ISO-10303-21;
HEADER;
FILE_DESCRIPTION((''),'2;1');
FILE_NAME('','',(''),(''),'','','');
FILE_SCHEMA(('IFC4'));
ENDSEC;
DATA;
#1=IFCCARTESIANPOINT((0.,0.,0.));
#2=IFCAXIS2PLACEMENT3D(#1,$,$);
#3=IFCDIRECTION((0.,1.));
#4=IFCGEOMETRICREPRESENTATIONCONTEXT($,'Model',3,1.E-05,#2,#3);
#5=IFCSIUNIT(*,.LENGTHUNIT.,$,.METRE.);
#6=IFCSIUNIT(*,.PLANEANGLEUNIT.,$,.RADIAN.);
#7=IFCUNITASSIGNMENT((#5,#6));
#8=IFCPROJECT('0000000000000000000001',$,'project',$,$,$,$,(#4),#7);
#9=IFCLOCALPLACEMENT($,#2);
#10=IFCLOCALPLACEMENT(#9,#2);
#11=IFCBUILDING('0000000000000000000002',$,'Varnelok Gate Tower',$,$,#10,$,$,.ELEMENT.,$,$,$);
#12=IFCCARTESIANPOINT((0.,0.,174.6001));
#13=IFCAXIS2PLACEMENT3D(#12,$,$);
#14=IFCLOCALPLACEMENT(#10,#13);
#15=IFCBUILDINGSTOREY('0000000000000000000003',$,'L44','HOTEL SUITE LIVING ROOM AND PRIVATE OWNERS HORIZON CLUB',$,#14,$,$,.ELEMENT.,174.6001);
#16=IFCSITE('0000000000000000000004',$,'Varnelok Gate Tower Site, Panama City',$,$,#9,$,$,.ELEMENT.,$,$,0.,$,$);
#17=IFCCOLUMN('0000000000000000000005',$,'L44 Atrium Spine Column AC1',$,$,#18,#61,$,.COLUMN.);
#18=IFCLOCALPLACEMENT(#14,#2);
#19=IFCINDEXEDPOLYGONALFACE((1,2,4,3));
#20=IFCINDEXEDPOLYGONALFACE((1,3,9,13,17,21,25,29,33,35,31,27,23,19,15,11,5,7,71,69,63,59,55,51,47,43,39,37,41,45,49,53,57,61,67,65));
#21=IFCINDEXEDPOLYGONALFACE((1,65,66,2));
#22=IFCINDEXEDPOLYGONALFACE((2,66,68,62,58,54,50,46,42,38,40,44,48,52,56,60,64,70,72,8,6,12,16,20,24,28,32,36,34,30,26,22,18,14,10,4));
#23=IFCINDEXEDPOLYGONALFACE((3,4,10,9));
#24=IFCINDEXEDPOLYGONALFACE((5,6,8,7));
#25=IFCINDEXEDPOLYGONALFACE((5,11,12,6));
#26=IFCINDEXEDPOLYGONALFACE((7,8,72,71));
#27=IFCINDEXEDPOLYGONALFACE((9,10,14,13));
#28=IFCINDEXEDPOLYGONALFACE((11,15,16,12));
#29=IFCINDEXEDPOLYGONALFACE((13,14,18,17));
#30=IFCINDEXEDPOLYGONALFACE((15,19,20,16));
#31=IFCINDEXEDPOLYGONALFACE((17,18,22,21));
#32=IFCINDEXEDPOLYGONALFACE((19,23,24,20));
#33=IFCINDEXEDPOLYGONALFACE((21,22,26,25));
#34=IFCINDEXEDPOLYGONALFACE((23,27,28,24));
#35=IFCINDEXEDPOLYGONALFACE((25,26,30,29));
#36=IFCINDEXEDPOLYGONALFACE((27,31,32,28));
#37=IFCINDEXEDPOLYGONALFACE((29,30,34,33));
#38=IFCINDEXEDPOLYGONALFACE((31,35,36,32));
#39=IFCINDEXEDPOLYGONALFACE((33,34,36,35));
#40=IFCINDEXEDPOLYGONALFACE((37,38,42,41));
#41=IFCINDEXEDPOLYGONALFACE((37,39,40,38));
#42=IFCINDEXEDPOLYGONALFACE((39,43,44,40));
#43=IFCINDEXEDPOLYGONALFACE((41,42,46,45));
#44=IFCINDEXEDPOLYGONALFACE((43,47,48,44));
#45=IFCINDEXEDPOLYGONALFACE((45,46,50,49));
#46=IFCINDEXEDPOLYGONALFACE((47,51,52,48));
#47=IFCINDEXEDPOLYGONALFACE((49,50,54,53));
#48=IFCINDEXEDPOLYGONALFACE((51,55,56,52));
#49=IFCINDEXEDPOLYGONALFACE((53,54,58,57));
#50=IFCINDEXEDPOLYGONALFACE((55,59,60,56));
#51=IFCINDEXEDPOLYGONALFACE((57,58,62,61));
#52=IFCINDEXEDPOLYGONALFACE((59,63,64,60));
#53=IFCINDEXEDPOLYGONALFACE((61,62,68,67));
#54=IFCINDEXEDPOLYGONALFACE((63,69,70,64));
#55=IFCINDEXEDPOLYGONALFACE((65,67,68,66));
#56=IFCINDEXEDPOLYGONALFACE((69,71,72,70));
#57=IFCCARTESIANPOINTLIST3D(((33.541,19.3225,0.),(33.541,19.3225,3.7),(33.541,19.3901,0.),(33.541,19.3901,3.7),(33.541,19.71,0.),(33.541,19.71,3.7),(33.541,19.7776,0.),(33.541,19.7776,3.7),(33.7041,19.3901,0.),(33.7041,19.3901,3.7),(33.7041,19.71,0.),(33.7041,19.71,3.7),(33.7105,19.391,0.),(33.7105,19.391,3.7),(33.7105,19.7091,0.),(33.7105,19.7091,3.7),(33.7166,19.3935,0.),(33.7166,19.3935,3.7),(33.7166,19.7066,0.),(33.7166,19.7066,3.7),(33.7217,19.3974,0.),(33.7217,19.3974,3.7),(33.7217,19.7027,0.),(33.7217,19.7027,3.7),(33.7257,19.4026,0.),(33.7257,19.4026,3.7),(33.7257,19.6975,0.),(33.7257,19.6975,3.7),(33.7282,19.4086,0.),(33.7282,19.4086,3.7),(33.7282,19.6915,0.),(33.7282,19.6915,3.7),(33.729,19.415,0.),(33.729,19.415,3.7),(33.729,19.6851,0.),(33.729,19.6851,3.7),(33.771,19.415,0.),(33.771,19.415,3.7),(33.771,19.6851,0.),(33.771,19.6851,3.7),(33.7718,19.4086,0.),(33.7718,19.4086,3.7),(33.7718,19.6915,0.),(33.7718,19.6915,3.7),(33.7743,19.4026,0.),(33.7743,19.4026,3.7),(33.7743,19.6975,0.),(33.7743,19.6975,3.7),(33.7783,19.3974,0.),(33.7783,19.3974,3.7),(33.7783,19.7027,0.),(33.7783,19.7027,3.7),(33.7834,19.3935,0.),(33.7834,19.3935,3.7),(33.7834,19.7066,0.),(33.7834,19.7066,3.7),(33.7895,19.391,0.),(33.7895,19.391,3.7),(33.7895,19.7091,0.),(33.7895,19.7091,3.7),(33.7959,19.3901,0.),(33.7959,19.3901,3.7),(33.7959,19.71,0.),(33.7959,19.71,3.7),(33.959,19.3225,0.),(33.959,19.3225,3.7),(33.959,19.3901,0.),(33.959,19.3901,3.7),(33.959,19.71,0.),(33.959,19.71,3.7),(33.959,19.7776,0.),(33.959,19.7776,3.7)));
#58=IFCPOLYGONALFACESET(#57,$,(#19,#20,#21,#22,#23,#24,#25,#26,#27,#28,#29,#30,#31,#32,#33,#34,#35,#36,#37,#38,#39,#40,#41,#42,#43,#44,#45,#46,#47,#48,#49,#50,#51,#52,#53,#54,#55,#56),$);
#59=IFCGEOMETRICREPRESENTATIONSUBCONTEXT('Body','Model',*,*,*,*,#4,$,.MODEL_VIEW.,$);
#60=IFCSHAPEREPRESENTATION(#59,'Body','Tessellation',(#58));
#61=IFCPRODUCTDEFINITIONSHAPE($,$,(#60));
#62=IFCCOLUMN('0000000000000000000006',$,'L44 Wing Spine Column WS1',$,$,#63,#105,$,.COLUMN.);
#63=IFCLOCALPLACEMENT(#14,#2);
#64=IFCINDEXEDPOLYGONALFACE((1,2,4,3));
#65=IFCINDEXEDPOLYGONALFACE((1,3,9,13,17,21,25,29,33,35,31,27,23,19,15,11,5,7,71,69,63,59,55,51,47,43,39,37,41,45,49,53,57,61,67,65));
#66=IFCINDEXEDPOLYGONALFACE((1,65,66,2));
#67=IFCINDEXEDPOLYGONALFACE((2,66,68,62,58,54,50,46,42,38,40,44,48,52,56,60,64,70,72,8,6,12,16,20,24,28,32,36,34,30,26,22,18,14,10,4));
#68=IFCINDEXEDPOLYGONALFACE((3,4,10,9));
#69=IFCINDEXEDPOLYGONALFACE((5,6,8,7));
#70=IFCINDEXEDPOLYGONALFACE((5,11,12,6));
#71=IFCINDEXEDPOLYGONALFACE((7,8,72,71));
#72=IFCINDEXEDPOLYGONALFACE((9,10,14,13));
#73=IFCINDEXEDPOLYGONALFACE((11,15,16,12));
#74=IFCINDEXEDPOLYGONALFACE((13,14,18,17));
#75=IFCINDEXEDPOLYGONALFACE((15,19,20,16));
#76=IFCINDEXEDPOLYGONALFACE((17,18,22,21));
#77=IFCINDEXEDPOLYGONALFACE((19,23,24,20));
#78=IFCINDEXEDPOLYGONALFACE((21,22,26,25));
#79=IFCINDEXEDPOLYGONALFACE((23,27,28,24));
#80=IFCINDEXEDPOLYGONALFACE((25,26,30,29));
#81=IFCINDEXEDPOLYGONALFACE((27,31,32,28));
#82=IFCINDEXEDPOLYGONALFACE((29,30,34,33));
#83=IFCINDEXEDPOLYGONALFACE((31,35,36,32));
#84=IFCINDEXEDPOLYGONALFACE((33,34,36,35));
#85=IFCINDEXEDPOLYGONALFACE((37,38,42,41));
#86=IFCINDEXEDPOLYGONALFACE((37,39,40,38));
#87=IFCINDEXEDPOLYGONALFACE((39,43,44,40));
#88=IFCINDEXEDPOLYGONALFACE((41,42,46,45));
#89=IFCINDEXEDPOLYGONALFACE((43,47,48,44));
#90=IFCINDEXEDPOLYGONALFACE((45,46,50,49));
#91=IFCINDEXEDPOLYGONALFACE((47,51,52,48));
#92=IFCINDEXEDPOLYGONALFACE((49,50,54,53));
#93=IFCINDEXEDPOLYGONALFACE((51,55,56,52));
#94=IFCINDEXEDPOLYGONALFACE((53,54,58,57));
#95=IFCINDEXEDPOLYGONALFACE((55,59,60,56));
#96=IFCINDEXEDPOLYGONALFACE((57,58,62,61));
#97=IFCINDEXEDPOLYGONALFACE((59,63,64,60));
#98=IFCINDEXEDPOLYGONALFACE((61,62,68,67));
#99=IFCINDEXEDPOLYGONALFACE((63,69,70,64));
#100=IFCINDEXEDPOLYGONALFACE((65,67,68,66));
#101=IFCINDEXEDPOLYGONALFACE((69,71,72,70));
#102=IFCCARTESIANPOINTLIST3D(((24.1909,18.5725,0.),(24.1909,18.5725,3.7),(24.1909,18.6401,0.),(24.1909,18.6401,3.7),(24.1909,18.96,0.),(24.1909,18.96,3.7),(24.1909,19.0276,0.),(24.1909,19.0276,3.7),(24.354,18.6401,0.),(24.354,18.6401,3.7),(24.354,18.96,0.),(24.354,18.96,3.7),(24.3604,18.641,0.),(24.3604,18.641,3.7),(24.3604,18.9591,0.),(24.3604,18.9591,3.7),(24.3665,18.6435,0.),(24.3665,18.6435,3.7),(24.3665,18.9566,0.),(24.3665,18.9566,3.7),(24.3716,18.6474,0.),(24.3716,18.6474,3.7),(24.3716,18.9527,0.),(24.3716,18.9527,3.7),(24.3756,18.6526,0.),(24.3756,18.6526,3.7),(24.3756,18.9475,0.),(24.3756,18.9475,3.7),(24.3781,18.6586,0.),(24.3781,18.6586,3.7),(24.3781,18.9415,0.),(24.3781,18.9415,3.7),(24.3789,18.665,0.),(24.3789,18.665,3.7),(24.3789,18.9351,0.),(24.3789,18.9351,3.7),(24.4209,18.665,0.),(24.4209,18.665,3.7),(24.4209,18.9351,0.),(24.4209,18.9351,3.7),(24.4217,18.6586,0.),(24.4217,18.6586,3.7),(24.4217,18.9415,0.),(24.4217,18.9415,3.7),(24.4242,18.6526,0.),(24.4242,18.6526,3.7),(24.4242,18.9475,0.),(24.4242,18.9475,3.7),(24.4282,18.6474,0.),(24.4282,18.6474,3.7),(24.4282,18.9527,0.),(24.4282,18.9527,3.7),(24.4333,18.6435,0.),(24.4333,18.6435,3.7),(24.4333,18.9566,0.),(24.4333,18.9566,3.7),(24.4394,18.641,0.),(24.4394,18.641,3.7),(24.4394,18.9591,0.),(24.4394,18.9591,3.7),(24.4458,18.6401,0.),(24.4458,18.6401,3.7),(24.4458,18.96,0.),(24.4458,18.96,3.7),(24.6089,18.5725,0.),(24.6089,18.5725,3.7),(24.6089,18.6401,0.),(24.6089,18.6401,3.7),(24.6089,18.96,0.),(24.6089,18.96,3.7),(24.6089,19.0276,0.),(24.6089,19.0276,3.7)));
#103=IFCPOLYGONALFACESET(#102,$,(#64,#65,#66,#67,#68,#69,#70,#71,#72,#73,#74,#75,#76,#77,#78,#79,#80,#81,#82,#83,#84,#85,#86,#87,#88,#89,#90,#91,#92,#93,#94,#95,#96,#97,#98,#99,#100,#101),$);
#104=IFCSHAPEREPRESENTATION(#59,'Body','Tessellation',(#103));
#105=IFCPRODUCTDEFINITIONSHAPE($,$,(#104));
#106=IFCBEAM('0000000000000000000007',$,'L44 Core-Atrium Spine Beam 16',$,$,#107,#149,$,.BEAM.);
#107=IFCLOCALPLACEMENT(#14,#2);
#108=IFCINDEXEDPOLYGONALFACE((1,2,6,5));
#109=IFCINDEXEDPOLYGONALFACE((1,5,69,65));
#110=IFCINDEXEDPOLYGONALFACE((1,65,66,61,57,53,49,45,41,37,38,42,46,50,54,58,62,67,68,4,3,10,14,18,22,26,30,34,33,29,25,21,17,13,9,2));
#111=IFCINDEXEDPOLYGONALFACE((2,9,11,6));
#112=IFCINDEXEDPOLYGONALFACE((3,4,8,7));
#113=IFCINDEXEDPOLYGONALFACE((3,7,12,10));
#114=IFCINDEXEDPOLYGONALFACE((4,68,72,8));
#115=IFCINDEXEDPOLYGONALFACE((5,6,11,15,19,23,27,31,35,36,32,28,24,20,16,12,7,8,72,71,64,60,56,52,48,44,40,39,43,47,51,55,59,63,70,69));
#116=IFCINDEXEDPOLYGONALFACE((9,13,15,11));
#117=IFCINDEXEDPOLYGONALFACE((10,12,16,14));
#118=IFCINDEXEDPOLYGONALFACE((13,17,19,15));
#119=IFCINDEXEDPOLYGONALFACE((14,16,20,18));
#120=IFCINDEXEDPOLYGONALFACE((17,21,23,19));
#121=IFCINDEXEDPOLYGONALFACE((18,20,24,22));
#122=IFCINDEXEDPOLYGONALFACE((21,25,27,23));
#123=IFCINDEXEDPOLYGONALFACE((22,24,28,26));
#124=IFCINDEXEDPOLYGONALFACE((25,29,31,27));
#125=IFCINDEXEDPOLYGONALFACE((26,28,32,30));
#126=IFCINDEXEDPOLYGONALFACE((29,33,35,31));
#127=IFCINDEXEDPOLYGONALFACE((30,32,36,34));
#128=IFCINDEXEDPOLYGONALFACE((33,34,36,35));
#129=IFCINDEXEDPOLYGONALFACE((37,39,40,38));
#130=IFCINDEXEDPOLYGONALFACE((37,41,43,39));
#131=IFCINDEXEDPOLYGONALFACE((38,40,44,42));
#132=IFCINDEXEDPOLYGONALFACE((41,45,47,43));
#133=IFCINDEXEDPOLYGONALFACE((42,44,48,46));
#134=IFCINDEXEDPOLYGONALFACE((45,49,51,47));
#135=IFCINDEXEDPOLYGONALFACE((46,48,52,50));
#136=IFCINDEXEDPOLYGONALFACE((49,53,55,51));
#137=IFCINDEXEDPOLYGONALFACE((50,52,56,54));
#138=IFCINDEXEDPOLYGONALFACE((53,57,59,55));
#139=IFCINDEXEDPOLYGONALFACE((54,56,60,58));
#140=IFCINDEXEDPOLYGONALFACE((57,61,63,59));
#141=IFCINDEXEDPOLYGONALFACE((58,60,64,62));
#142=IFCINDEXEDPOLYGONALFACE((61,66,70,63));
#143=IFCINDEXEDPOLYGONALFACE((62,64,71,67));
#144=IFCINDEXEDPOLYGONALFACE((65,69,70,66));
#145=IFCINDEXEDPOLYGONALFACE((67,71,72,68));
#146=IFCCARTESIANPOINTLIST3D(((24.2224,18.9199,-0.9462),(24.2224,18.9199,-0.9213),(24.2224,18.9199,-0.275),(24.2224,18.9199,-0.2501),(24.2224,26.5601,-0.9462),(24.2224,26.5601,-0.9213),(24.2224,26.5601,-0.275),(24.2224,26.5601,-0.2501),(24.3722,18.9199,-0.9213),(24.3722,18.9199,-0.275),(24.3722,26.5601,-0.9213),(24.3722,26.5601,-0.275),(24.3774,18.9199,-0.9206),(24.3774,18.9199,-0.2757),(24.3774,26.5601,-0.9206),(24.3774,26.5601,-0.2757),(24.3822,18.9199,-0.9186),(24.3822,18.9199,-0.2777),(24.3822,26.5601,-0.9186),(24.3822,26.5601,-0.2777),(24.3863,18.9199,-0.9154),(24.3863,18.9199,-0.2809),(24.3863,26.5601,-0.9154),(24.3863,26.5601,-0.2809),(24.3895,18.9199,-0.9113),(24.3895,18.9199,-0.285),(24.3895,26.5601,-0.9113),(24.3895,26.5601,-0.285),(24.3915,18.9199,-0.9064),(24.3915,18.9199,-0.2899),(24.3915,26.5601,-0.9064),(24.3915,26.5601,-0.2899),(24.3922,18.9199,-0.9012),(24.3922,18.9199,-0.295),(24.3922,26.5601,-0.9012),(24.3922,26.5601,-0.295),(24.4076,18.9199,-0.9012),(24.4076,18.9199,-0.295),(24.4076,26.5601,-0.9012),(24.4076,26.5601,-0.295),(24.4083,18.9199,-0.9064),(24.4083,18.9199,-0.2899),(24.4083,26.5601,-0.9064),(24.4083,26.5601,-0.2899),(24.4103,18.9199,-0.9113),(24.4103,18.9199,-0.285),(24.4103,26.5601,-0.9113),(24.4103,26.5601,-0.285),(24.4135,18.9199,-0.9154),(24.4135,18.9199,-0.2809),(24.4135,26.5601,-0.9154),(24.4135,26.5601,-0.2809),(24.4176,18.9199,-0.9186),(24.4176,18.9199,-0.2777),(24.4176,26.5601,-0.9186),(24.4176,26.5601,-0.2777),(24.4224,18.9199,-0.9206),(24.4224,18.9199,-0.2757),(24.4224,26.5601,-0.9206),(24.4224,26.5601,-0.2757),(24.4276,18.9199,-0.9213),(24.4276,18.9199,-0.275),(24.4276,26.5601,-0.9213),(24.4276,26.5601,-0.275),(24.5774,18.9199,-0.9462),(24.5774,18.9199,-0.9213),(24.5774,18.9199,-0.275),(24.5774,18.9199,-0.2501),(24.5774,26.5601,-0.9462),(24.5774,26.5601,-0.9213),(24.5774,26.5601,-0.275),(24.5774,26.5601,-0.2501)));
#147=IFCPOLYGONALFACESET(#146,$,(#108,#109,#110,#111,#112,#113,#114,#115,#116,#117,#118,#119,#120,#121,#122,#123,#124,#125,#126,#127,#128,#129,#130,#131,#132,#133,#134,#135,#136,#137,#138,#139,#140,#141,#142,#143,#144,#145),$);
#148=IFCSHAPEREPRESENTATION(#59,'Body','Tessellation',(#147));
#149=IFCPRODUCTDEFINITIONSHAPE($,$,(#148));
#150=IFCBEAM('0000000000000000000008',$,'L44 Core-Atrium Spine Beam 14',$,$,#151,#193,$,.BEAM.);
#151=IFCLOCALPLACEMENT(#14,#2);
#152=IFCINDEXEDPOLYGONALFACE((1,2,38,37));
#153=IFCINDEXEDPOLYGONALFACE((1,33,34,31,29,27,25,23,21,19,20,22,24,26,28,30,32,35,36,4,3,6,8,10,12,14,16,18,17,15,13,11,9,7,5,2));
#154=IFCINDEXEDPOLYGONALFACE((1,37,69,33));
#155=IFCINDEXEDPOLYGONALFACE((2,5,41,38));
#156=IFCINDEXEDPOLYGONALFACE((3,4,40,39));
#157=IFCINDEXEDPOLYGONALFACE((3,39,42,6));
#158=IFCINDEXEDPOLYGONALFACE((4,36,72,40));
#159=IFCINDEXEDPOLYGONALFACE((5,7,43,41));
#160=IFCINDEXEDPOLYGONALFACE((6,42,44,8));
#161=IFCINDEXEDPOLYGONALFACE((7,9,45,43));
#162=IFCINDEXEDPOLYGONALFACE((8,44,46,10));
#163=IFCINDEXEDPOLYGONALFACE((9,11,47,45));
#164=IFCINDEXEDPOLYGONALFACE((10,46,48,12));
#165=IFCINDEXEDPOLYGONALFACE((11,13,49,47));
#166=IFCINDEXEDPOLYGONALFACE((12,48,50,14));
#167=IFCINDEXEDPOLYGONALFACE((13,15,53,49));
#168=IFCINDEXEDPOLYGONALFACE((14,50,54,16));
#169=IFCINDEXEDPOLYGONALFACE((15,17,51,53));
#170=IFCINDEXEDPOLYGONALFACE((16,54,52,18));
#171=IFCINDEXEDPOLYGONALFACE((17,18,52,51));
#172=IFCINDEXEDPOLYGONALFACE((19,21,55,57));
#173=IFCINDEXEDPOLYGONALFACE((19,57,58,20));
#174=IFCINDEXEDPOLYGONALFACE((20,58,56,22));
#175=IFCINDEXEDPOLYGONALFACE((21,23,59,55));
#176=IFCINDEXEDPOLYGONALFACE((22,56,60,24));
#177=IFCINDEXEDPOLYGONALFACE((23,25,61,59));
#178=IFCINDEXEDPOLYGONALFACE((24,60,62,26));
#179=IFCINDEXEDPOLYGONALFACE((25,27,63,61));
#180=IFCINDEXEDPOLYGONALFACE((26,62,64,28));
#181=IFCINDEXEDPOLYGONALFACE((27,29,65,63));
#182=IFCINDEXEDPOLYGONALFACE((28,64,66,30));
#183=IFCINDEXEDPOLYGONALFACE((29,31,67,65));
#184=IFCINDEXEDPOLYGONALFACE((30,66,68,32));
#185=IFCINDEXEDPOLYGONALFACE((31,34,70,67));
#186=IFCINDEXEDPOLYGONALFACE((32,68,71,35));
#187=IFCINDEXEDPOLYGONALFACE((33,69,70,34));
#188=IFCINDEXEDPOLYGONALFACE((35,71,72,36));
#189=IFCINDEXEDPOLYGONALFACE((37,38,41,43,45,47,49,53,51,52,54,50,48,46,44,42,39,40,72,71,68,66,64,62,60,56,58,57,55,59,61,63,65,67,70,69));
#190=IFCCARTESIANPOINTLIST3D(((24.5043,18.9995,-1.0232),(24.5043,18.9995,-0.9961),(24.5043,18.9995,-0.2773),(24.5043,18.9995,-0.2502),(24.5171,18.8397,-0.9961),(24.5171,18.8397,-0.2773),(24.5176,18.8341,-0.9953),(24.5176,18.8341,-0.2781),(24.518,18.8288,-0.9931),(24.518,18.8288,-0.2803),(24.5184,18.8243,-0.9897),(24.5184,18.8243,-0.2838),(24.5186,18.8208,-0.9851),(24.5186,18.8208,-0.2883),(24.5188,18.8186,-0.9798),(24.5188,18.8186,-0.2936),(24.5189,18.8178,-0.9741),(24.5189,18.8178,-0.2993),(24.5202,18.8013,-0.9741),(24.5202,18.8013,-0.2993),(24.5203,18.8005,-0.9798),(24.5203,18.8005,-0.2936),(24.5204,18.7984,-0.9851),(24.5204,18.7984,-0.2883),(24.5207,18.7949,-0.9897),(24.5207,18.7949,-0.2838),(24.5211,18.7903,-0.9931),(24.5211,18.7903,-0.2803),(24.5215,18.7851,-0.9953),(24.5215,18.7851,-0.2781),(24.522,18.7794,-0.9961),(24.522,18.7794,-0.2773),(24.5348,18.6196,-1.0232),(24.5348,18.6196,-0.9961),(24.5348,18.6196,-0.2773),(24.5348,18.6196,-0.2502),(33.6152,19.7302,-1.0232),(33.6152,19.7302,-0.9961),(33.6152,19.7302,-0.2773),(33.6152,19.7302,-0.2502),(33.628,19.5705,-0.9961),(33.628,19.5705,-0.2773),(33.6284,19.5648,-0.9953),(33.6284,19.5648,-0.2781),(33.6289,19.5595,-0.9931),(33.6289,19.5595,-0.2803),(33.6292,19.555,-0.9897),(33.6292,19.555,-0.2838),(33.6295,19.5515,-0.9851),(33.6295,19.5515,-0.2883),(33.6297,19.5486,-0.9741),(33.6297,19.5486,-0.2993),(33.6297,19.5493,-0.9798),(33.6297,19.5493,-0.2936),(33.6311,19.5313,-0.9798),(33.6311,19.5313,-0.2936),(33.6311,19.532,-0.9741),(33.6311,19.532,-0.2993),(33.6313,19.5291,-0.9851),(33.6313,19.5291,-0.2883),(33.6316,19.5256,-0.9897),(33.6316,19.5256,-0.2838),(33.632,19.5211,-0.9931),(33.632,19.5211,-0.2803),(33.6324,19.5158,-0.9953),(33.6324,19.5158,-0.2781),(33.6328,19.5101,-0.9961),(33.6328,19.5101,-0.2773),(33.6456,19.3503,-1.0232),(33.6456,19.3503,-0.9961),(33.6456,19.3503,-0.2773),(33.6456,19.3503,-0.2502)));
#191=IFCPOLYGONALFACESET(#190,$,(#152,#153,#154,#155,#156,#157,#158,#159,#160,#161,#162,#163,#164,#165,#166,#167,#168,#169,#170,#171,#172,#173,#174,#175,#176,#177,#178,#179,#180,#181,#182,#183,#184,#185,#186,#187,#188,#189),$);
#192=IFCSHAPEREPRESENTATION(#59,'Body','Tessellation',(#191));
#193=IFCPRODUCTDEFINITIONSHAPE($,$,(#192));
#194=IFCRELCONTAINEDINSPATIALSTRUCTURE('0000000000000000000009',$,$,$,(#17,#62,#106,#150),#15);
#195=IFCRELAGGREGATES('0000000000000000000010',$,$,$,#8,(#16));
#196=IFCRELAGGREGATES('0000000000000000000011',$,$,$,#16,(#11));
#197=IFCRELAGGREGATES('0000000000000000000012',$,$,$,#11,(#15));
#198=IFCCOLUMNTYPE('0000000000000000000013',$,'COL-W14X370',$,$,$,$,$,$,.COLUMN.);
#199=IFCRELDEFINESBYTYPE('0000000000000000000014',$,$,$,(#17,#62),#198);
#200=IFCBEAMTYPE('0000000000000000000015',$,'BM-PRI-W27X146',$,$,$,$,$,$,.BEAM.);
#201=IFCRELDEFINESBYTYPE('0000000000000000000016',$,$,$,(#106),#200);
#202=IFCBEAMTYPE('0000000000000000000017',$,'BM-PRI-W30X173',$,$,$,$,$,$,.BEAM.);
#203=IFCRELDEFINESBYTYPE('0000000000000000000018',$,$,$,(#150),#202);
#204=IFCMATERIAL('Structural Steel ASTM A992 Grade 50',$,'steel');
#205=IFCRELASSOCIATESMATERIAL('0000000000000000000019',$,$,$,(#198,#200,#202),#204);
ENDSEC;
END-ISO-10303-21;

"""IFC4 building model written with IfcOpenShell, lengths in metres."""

from ifc_helpers import new_model, si_unit, direction, frame, origin, origin_2d, place, context, subcontext, project, spatial, i_section, extrude, material, material_profile, profile_set, type_object, element, save


model = new_model("IFC4")

# Units and contexts
model_context = context("Model", 3, precision=1e-05, world=origin(), true_north=direction((0.0, 1.0)))
body_context = subcontext(model_context, "Body", "Model", "MODEL_VIEW")
ifc_project = project(units=[si_unit("LENGTHUNIT", "METRE"), si_unit("PLANEANGLEUNIT", "RADIAN")], contexts=[model_context])

# Site, building, storey
site_placement = place(None, origin())
site = spatial("IfcSite", under=ifc_project, at=site_placement, Name="Varnelok Gate Tower Site, Panama City", CompositionType="ELEMENT", RefElevation=0.0)
building_placement = place(site_placement, origin())
building = spatial("IfcBuilding", under=site, at=building_placement, Name="Varnelok Gate Tower", CompositionType="ELEMENT")
storey_placement = place(building_placement, frame((0.0, 0.0, 174.6001)))
storey = spatial("IfcBuildingStorey", under=building, at=storey_placement, Name="L44", Description="HOTEL SUITE LIVING ROOM AND PRIVATE OWNERS HORIZON CLUB", CompositionType="ELEMENT", Elevation=174.6001)

# Columns
ifc_material_1 = material(Name="Structural Steel ASTM A992 Grade 50", Category="steel")
ifc_material_profile_1 = material_profile(ifc_material_1, i_section(OverallWidth=0.418, OverallDepth=0.4551, WebThickness=0.042, FlangeThickness=0.0676, FilletRadius=0.0249, at=origin_2d()), Name="W14X370")
ifc_profile_set_1 = profile_set([ifc_material_profile_1], Name="Structural Steel ASTM A992 Grade 50")
column_type = type_object("IfcColumnType", Name="COL-W14X370", PredefinedType="COLUMN", material=ifc_profile_set_1)
for number, where, z_axis, x_axis, name in (
    (1, (33.75, 19.55, 0.0), (0.0, 0.0, 1.0), (1.0, 0.0, 0.0), "L44 Atrium Spine Column AC1"),
    (2, (24.3999, 18.8, 0.0), (0.0, 0.0, 1.0), (1.0, 0.0, 0.0), "L44 Wing Spine Column WS1"),
):
    element("IfcColumn", number, at=place(storey_placement, frame(where, z_axis=z_axis, x_axis=x_axis)), inside=storey, type_object=column_type, Name=name, PredefinedType="COLUMN", context=body_context, shape_type="SweptSolid", body=[
        extrude(i_section(OverallWidth=0.418, OverallDepth=0.4551, WebThickness=0.042, FlangeThickness=0.0676, FilletRadius=0.0249, at=origin_2d()), origin(), (0.0, 0.0, 1.0), 3.7),
    ])

# Beams
ifc_material_profile_2 = material_profile(ifc_material_1, i_section(OverallWidth=0.355, OverallDepth=0.696, WebThickness=0.0154, FlangeThickness=0.0249, FilletRadius=0.02, at=origin_2d()), Name="W27X146")
ifc_profile_set_2 = profile_set([ifc_material_profile_2], Name="Structural Steel ASTM A992 Grade 50")
beam_type_1 = type_object("IfcBeamType", Name="BM-PRI-W27X146", PredefinedType="BEAM", material=ifc_profile_set_2)
beam_1_placement = place(storey_placement, frame((24.3999, 18.9199, -0.5981), z_axis=(0.0, 1.0, 0.0), x_axis=(-1.0, 0.0, 0.0)))
element("IfcBeam", 3, at=beam_1_placement, inside=storey, type_object=beam_type_1, Name="L44 Core-Atrium Spine Beam 16", PredefinedType="BEAM", context=body_context, shape_type="SweptSolid", body=[
    extrude(i_section(OverallWidth=0.355, OverallDepth=0.696, WebThickness=0.0154, FlangeThickness=0.0249, FilletRadius=0.02, at=origin_2d()), origin(), (0.0, 0.0, 1.0), 7.6401),
])
ifc_material_profile_3 = material_profile(ifc_material_1, i_section(OverallWidth=0.3811, OverallDepth=0.7729, WebThickness=0.0166, FlangeThickness=0.0271, FilletRadius=0.022, at=origin_2d()), Name="W30X173")
ifc_profile_set_3 = profile_set([ifc_material_profile_3], Name="Structural Steel ASTM A992 Grade 50")
beam_type_2 = type_object("IfcBeamType", Name="BM-PRI-W30X173", PredefinedType="BEAM", material=ifc_profile_set_3)
beam_2_placement = place(storey_placement, frame((24.5195, 18.8096, -0.6367), z_axis=(0.996799, 0.079946, 0.0), x_axis=(-0.079946, 0.996799, 0.0)))
element("IfcBeam", 4, at=beam_2_placement, inside=storey, type_object=beam_type_2, Name="L44 Core-Atrium Spine Beam 14", PredefinedType="BEAM", context=body_context, shape_type="SweptSolid", body=[
    extrude(i_section(OverallWidth=0.3811, OverallDepth=0.7729, WebThickness=0.0166, FlangeThickness=0.0271, FilletRadius=0.022, at=origin_2d()), origin(), (0.0, 0.0, 1.0), 9.1401),
])

save(model, "model.ifc")
